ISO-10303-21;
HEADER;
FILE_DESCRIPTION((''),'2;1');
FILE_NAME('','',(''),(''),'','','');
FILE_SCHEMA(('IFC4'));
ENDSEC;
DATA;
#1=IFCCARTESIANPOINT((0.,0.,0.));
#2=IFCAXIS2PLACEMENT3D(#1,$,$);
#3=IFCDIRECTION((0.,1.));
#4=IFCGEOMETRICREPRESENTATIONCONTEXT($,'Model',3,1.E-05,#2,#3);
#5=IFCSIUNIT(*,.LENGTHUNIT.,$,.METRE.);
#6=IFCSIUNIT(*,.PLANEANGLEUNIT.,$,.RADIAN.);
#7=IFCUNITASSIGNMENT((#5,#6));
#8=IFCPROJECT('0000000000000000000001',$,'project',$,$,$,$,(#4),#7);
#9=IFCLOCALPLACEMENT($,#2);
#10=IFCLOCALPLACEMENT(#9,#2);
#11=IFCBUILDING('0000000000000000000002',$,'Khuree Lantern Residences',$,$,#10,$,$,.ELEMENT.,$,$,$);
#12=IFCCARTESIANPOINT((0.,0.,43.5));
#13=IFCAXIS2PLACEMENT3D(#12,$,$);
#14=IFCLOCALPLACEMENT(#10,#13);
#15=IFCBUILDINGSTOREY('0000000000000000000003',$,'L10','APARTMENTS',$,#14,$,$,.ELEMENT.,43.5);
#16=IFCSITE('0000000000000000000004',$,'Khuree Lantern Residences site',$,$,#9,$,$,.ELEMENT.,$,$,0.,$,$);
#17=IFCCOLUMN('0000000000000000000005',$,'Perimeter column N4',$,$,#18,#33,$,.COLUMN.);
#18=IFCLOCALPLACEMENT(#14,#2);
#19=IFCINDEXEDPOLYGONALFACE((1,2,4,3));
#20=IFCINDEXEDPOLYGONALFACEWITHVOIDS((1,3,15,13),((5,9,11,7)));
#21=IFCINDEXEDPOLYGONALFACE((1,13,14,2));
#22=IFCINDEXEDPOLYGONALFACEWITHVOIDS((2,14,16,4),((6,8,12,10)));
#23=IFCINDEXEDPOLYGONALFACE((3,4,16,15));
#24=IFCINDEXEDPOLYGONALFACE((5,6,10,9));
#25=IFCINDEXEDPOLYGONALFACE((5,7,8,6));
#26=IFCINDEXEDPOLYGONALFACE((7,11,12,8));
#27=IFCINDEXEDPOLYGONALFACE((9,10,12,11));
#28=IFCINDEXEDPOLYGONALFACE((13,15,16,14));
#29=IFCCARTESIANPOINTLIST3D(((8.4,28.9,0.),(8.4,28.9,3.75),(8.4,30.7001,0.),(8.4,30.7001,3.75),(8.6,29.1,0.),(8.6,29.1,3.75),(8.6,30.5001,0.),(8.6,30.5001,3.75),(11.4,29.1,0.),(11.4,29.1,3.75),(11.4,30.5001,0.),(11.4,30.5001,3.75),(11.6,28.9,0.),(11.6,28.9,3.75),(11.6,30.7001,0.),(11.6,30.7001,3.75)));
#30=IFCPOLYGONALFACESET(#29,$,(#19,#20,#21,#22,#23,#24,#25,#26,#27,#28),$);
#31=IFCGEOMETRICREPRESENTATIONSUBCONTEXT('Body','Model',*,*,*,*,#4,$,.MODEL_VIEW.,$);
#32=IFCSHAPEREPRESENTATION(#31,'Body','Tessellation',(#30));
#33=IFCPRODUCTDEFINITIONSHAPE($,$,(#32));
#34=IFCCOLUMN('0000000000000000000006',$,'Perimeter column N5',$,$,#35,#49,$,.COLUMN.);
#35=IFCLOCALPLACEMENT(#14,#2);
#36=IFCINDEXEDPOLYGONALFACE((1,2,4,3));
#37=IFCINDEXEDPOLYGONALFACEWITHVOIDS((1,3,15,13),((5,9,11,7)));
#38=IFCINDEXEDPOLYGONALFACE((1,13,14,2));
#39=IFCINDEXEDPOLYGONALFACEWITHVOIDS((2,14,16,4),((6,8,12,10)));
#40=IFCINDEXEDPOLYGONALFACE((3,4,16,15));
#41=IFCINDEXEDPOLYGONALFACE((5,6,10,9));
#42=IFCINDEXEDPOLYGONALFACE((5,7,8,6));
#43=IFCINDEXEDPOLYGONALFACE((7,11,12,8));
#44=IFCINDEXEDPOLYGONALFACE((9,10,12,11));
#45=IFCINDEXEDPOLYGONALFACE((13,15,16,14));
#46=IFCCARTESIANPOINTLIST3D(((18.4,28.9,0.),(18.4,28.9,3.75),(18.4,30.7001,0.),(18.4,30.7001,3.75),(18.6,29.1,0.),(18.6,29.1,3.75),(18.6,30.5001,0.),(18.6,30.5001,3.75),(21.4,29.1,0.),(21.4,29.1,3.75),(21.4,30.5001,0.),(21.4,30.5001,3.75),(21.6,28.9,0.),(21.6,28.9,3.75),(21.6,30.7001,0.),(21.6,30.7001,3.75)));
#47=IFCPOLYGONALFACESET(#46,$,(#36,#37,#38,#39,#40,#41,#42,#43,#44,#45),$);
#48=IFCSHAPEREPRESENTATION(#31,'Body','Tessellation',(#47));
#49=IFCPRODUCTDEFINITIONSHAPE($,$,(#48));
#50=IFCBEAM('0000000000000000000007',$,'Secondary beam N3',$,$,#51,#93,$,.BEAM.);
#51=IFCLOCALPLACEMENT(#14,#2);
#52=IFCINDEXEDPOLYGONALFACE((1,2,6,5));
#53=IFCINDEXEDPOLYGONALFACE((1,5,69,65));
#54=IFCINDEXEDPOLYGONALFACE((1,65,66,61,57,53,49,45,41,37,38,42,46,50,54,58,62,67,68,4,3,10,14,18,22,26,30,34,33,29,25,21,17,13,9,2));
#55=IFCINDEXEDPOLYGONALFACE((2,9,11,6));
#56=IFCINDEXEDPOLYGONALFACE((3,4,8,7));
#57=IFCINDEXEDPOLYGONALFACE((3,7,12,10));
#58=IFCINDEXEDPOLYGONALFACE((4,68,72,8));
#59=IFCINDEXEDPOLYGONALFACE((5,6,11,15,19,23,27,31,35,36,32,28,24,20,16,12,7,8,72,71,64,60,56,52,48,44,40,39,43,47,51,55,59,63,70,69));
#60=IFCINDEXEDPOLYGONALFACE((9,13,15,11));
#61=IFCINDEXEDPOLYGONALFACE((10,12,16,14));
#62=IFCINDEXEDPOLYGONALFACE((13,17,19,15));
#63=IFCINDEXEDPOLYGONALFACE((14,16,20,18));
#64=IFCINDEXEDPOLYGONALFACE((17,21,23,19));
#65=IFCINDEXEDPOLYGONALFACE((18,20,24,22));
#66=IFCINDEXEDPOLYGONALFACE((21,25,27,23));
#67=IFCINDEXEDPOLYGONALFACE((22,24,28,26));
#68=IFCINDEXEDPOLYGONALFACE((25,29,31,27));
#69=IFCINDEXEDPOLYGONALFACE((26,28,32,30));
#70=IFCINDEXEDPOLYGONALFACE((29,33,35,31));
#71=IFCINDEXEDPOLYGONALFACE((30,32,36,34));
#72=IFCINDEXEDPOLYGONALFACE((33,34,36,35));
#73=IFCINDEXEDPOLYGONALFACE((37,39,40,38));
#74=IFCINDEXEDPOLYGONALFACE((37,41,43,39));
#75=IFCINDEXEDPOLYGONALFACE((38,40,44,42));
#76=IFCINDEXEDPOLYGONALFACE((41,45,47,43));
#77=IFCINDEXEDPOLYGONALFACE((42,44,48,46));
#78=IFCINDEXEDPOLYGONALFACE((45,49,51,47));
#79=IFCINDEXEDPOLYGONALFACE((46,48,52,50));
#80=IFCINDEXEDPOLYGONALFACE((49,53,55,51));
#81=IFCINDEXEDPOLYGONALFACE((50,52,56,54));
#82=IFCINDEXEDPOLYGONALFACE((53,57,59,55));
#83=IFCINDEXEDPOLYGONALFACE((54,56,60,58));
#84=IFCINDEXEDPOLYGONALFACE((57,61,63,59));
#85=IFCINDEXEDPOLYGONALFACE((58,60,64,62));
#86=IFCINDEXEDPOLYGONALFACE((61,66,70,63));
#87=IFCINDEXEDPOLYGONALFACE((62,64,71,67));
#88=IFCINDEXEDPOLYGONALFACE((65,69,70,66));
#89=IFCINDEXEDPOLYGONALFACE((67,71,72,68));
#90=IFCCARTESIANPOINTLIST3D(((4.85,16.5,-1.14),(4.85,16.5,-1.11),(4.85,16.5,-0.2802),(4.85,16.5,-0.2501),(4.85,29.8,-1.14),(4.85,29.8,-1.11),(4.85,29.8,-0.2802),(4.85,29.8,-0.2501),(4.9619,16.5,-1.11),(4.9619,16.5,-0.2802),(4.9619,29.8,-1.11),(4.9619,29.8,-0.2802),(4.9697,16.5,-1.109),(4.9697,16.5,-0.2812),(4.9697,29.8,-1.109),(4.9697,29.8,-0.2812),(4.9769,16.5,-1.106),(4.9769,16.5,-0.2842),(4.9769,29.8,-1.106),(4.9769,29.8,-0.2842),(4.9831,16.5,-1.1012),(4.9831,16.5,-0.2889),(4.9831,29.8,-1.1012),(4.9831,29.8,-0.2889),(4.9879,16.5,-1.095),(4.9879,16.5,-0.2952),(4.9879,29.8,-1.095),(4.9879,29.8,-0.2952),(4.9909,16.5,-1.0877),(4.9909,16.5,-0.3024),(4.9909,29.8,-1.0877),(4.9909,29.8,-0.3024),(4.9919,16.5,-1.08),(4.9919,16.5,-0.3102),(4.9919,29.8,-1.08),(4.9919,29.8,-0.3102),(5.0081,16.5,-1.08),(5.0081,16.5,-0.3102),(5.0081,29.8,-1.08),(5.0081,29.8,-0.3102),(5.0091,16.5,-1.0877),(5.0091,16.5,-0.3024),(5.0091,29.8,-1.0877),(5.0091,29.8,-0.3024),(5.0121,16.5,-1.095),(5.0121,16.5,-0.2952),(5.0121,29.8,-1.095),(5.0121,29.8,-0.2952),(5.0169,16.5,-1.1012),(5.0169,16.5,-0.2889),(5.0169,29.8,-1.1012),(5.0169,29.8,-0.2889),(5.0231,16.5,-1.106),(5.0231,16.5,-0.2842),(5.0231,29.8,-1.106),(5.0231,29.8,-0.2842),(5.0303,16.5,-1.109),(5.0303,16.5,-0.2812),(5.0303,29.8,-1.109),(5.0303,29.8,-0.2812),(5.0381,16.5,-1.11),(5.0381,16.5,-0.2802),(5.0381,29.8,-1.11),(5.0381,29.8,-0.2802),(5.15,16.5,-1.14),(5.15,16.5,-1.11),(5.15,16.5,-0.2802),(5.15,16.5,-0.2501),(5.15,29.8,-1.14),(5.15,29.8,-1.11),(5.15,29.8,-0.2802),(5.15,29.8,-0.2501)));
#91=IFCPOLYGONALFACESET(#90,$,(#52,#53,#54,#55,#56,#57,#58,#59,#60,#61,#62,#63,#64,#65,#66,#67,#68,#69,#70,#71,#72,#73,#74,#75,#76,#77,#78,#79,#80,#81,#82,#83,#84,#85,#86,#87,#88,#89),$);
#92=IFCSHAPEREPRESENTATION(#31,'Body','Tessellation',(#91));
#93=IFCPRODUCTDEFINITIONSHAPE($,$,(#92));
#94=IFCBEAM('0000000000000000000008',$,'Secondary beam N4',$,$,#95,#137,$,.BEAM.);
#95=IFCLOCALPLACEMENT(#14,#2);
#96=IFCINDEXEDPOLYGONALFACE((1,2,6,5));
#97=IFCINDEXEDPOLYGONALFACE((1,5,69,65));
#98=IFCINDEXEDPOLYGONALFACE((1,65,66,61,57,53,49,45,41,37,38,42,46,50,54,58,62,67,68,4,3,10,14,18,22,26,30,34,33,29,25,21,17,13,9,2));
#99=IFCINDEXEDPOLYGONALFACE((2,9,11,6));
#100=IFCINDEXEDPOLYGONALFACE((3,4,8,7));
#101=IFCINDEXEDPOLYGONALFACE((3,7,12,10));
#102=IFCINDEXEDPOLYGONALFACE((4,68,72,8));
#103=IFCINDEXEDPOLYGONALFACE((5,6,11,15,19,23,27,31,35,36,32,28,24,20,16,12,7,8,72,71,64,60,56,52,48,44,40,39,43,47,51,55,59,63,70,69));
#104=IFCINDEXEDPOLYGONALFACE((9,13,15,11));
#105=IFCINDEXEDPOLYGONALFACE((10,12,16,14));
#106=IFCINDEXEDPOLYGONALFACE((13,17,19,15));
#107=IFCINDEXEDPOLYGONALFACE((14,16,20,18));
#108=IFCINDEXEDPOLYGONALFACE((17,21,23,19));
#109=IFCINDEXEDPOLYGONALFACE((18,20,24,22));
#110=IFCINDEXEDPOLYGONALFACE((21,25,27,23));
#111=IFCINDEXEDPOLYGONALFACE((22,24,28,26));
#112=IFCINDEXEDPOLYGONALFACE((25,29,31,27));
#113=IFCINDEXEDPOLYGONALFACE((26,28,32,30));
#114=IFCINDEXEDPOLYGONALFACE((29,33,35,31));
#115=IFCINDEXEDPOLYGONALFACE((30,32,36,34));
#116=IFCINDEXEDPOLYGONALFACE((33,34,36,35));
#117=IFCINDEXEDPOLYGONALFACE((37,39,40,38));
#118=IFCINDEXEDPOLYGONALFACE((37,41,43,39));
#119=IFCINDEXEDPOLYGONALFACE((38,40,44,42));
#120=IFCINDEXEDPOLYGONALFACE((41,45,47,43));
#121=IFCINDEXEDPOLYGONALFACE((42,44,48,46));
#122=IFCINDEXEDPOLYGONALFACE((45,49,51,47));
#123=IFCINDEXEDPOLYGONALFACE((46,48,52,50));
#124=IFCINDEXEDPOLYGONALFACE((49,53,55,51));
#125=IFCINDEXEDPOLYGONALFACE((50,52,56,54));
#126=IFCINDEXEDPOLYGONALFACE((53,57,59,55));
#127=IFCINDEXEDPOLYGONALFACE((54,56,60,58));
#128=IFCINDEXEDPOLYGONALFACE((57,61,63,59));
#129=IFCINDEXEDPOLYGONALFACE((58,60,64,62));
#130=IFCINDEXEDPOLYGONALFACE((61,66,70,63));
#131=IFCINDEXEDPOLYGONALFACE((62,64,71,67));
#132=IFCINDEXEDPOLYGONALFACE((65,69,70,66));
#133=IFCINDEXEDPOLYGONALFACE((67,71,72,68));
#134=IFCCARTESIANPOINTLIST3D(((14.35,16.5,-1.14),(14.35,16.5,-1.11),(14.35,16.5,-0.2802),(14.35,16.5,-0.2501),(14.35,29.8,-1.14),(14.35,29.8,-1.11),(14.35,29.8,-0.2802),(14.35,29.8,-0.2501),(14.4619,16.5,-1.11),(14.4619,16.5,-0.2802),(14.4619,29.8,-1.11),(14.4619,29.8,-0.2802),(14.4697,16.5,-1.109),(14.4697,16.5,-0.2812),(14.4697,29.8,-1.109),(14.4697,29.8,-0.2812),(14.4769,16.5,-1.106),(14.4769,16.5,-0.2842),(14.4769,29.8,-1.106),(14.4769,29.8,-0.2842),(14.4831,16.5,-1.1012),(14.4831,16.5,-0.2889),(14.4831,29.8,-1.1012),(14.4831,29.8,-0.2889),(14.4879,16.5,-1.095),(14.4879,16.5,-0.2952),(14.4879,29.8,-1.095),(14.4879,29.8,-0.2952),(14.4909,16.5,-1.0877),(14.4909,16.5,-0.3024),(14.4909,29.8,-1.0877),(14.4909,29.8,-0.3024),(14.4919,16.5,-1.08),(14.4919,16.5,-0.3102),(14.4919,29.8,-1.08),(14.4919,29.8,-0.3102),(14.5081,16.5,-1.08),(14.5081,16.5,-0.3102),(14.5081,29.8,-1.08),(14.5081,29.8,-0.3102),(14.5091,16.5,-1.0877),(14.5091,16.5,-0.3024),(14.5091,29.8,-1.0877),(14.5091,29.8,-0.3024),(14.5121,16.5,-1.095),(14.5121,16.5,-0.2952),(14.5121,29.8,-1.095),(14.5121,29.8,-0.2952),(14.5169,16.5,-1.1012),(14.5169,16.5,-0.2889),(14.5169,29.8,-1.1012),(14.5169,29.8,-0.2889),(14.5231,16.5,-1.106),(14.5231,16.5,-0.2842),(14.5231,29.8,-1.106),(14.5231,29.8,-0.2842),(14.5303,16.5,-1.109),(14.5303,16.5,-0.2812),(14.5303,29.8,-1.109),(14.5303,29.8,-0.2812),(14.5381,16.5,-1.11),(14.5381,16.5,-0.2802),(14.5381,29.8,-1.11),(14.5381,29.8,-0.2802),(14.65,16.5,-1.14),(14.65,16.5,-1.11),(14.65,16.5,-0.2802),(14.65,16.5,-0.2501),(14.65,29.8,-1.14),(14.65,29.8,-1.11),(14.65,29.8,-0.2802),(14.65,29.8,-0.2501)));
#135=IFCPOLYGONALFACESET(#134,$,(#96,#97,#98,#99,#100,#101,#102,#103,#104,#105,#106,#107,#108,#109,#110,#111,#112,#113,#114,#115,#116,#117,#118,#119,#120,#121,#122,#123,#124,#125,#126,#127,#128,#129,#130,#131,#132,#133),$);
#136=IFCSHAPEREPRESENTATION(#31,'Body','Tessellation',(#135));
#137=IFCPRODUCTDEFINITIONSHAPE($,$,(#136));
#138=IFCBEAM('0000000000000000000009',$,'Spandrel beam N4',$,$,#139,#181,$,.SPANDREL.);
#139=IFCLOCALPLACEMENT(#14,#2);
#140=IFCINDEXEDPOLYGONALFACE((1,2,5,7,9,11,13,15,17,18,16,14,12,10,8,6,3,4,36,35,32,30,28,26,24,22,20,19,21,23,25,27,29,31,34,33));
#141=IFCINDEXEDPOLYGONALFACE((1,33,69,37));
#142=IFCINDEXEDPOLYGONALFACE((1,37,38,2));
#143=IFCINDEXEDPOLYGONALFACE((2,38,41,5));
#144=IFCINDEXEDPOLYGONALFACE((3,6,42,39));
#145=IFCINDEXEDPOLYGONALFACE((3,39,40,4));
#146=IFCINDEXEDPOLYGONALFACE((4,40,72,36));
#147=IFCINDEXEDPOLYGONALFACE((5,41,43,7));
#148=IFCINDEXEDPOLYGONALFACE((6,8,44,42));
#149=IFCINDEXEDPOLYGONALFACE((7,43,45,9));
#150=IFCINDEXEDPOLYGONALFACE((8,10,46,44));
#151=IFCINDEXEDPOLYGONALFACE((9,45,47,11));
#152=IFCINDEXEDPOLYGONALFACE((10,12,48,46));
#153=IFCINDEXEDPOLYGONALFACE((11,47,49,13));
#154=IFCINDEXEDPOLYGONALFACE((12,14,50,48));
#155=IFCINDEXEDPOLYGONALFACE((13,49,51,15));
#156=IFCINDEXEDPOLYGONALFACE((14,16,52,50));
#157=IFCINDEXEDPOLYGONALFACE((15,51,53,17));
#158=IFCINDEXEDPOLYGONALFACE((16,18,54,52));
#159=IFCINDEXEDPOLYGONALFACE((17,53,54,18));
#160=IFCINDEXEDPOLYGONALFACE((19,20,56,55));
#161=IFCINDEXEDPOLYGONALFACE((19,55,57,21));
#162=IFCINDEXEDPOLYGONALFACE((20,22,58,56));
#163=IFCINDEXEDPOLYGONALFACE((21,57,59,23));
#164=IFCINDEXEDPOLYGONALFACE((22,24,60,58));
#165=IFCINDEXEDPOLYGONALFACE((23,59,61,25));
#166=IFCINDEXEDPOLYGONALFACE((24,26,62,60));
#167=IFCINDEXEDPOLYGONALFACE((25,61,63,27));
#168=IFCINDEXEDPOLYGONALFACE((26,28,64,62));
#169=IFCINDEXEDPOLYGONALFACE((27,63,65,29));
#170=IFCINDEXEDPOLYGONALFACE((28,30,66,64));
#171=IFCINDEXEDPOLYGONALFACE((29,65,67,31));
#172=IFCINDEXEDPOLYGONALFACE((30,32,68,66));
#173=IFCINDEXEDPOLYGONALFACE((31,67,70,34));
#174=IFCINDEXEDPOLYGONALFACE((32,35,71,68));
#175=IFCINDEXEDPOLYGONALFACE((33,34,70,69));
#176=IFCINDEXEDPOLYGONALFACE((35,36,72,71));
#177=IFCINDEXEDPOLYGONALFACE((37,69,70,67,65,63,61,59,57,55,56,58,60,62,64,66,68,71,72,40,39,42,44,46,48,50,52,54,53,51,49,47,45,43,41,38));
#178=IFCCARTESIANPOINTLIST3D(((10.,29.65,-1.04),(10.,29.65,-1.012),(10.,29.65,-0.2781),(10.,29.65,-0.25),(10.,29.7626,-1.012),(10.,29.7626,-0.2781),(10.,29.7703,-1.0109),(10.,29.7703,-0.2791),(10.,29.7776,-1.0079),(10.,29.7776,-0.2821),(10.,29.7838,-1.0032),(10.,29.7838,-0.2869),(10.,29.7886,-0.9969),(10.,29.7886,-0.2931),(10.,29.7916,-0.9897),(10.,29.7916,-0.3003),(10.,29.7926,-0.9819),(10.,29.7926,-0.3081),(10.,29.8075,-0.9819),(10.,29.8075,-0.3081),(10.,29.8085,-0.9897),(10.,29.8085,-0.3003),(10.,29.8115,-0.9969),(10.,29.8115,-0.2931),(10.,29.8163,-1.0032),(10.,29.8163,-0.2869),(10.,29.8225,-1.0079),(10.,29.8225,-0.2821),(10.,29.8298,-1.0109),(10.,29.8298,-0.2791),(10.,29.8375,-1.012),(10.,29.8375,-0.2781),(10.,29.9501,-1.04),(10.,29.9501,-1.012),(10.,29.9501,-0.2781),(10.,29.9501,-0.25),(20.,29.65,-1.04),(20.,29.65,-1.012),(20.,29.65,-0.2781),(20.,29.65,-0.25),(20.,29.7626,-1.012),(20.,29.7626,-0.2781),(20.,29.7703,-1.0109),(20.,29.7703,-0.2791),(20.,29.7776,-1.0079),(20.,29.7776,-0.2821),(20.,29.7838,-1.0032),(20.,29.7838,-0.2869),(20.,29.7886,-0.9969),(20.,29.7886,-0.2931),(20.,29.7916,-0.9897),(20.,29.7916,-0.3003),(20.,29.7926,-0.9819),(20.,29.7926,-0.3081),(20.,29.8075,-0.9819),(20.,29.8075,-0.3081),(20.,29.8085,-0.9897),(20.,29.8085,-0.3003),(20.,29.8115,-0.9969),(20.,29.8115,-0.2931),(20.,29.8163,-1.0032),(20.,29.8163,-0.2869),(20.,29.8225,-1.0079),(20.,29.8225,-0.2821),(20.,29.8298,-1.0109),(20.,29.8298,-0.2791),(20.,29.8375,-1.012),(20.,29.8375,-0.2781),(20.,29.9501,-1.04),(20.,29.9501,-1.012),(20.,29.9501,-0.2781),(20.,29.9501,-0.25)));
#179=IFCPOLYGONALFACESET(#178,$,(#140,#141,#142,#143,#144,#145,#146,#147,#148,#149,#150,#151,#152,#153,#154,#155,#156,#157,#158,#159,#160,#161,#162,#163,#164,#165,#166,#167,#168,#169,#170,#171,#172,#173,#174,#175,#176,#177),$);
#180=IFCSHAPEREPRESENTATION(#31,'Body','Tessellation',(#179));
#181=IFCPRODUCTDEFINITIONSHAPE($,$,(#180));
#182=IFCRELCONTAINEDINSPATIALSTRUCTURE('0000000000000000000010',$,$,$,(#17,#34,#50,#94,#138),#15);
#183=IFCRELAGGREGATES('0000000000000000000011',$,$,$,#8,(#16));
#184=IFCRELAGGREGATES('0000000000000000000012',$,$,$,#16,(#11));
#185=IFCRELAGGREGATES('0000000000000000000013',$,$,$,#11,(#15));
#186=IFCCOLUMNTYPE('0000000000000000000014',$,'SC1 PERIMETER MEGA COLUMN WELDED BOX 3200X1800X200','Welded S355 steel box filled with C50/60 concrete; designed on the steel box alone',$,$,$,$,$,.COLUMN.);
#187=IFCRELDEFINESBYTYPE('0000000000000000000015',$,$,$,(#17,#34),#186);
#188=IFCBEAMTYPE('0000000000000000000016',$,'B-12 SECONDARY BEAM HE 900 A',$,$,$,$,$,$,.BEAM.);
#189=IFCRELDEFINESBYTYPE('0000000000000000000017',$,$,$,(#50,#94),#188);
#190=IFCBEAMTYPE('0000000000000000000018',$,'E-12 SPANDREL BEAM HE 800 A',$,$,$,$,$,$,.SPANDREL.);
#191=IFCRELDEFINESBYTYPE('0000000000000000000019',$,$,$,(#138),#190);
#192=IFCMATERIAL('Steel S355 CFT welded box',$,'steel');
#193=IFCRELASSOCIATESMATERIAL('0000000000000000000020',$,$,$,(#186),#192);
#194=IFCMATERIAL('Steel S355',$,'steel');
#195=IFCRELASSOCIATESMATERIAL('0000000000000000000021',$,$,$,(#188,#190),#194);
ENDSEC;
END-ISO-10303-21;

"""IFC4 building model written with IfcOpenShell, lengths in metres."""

from ifc_helpers import new_model, si_unit, direction, frame, origin, origin_2d, place, context, subcontext, project, spatial, hollow_rectangle, i_section, extrude, material, material_profile, profile_set, type_object, element, save


model = new_model("IFC4")

# Units and contexts
model_context = context("Model", 3, precision=1e-05, world=origin(), true_north=direction((0.0, 1.0)))
body_context = subcontext(model_context, "Body", "Model", "MODEL_VIEW")
ifc_project = project(units=[si_unit("LENGTHUNIT", "METRE"), si_unit("PLANEANGLEUNIT", "RADIAN")], contexts=[model_context])

# Site, building, storey
site_placement = place(None, origin())
site = spatial("IfcSite", under=ifc_project, at=site_placement, Name="Khuree Lantern Residences site", CompositionType="ELEMENT", RefElevation=0.0)
building_placement = place(site_placement, origin())
building = spatial("IfcBuilding", under=site, at=building_placement, Name="Khuree Lantern Residences", CompositionType="ELEMENT")
storey_placement = place(building_placement, frame((0.0, 0.0, 43.5)))
storey = spatial("IfcBuildingStorey", under=building, at=storey_placement, Name="L10", Description="APARTMENTS", CompositionType="ELEMENT", Elevation=43.5)

# Columns
ifc_material_1 = material(Name="Steel S355 CFT welded box", Category="steel")
ifc_material_profile_1 = material_profile(ifc_material_1, hollow_rectangle(XDim=3.2, YDim=1.8, WallThickness=0.2, at=origin_2d()), Name="WELDED BOX 3200X1800X200")
ifc_profile_set_1 = profile_set([ifc_material_profile_1], Name="Steel S355 CFT welded box")
column_type = type_object("IfcColumnType", Name="SC1 PERIMETER MEGA COLUMN WELDED BOX 3200X1800X200", Description="Welded S355 steel box filled with C50/60 concrete; designed on the steel box alone", PredefinedType="COLUMN", material=ifc_profile_set_1)
for number, where, z_axis, x_axis, name in (
    (1, (10.0, 29.8, 0.0), (0.0, 0.0, 1.0), (1.0, 0.0, 0.0), "Perimeter column N4"),
    (2, (20.0, 29.8, 0.0), (0.0, 0.0, 1.0), (1.0, 0.0, 0.0), "Perimeter column N5"),
):
    element("IfcColumn", number, at=place(storey_placement, frame(where, z_axis=z_axis, x_axis=x_axis)), inside=storey, type_object=column_type, Name=name, PredefinedType="COLUMN", context=body_context, shape_type="SweptSolid", body=[
        extrude(hollow_rectangle(XDim=3.2, YDim=1.8, WallThickness=0.2, at=origin_2d()), origin(), (0.0, 0.0, 1.0), 3.75),
    ])

# Beams
ifc_material_2 = material(Name="Steel S355", Category="steel")
ifc_material_profile_2 = material_profile(ifc_material_2, i_section(OverallWidth=0.3, OverallDepth=0.8899, WebThickness=0.0161, FlangeThickness=0.03, FilletRadius=0.03, at=origin_2d()), Name="HE 900 A")
ifc_profile_set_2 = profile_set([ifc_material_profile_2], Name="Steel S355")
beam_type_1 = type_object("IfcBeamType", Name="B-12 SECONDARY BEAM HE 900 A", PredefinedType="BEAM", material=ifc_profile_set_2)
for number, where, z_axis, x_axis, name in (
    (3, (5.0, 29.8, -0.6951), (0.0, -1.0, 0.0), (1.0, 0.0, 0.0), "Secondary beam N3"),
    (4, (14.5, 29.8, -0.6951), (0.0, -1.0, 0.0), (1.0, 0.0, 0.0), "Secondary beam N4"),
):
    element("IfcBeam", number, at=place(storey_placement, frame(where, z_axis=z_axis, x_axis=x_axis)), inside=storey, type_object=beam_type_1, Name=name, PredefinedType="BEAM", context=body_context, shape_type="SweptSolid", body=[
        extrude(i_section(OverallWidth=0.3, OverallDepth=0.8899, WebThickness=0.0161, FlangeThickness=0.03, FilletRadius=0.03, at=origin_2d()), origin(), (0.0, 0.0, 1.0), 13.3),
    ])
ifc_material_profile_3 = material_profile(ifc_material_2, i_section(OverallWidth=0.3, OverallDepth=0.79, WebThickness=0.0149, FlangeThickness=0.0281, FilletRadius=0.03, at=origin_2d()), Name="HE 800 A")
ifc_profile_set_3 = profile_set([ifc_material_profile_3], Name="Steel S355")
beam_type_2 = type_object("IfcBeamType", Name="E-12 SPANDREL BEAM HE 800 A", PredefinedType="SPANDREL", material=ifc_profile_set_3)
beam_1_placement = place(storey_placement, frame((10.0, 29.8, -0.645), z_axis=(1.0, 0.0, 0.0), x_axis=(0.0, 1.0, 0.0)))
element("IfcBeam", 5, at=beam_1_placement, inside=storey, type_object=beam_type_2, Name="Spandrel beam N4", PredefinedType="SPANDREL", context=body_context, shape_type="SweptSolid", body=[
    extrude(i_section(OverallWidth=0.3, OverallDepth=0.79, WebThickness=0.0149, FlangeThickness=0.0281, FilletRadius=0.03, at=origin_2d()), origin(), (0.0, 0.0, 1.0), 10.0),
])

save(model, "model.ifc")
